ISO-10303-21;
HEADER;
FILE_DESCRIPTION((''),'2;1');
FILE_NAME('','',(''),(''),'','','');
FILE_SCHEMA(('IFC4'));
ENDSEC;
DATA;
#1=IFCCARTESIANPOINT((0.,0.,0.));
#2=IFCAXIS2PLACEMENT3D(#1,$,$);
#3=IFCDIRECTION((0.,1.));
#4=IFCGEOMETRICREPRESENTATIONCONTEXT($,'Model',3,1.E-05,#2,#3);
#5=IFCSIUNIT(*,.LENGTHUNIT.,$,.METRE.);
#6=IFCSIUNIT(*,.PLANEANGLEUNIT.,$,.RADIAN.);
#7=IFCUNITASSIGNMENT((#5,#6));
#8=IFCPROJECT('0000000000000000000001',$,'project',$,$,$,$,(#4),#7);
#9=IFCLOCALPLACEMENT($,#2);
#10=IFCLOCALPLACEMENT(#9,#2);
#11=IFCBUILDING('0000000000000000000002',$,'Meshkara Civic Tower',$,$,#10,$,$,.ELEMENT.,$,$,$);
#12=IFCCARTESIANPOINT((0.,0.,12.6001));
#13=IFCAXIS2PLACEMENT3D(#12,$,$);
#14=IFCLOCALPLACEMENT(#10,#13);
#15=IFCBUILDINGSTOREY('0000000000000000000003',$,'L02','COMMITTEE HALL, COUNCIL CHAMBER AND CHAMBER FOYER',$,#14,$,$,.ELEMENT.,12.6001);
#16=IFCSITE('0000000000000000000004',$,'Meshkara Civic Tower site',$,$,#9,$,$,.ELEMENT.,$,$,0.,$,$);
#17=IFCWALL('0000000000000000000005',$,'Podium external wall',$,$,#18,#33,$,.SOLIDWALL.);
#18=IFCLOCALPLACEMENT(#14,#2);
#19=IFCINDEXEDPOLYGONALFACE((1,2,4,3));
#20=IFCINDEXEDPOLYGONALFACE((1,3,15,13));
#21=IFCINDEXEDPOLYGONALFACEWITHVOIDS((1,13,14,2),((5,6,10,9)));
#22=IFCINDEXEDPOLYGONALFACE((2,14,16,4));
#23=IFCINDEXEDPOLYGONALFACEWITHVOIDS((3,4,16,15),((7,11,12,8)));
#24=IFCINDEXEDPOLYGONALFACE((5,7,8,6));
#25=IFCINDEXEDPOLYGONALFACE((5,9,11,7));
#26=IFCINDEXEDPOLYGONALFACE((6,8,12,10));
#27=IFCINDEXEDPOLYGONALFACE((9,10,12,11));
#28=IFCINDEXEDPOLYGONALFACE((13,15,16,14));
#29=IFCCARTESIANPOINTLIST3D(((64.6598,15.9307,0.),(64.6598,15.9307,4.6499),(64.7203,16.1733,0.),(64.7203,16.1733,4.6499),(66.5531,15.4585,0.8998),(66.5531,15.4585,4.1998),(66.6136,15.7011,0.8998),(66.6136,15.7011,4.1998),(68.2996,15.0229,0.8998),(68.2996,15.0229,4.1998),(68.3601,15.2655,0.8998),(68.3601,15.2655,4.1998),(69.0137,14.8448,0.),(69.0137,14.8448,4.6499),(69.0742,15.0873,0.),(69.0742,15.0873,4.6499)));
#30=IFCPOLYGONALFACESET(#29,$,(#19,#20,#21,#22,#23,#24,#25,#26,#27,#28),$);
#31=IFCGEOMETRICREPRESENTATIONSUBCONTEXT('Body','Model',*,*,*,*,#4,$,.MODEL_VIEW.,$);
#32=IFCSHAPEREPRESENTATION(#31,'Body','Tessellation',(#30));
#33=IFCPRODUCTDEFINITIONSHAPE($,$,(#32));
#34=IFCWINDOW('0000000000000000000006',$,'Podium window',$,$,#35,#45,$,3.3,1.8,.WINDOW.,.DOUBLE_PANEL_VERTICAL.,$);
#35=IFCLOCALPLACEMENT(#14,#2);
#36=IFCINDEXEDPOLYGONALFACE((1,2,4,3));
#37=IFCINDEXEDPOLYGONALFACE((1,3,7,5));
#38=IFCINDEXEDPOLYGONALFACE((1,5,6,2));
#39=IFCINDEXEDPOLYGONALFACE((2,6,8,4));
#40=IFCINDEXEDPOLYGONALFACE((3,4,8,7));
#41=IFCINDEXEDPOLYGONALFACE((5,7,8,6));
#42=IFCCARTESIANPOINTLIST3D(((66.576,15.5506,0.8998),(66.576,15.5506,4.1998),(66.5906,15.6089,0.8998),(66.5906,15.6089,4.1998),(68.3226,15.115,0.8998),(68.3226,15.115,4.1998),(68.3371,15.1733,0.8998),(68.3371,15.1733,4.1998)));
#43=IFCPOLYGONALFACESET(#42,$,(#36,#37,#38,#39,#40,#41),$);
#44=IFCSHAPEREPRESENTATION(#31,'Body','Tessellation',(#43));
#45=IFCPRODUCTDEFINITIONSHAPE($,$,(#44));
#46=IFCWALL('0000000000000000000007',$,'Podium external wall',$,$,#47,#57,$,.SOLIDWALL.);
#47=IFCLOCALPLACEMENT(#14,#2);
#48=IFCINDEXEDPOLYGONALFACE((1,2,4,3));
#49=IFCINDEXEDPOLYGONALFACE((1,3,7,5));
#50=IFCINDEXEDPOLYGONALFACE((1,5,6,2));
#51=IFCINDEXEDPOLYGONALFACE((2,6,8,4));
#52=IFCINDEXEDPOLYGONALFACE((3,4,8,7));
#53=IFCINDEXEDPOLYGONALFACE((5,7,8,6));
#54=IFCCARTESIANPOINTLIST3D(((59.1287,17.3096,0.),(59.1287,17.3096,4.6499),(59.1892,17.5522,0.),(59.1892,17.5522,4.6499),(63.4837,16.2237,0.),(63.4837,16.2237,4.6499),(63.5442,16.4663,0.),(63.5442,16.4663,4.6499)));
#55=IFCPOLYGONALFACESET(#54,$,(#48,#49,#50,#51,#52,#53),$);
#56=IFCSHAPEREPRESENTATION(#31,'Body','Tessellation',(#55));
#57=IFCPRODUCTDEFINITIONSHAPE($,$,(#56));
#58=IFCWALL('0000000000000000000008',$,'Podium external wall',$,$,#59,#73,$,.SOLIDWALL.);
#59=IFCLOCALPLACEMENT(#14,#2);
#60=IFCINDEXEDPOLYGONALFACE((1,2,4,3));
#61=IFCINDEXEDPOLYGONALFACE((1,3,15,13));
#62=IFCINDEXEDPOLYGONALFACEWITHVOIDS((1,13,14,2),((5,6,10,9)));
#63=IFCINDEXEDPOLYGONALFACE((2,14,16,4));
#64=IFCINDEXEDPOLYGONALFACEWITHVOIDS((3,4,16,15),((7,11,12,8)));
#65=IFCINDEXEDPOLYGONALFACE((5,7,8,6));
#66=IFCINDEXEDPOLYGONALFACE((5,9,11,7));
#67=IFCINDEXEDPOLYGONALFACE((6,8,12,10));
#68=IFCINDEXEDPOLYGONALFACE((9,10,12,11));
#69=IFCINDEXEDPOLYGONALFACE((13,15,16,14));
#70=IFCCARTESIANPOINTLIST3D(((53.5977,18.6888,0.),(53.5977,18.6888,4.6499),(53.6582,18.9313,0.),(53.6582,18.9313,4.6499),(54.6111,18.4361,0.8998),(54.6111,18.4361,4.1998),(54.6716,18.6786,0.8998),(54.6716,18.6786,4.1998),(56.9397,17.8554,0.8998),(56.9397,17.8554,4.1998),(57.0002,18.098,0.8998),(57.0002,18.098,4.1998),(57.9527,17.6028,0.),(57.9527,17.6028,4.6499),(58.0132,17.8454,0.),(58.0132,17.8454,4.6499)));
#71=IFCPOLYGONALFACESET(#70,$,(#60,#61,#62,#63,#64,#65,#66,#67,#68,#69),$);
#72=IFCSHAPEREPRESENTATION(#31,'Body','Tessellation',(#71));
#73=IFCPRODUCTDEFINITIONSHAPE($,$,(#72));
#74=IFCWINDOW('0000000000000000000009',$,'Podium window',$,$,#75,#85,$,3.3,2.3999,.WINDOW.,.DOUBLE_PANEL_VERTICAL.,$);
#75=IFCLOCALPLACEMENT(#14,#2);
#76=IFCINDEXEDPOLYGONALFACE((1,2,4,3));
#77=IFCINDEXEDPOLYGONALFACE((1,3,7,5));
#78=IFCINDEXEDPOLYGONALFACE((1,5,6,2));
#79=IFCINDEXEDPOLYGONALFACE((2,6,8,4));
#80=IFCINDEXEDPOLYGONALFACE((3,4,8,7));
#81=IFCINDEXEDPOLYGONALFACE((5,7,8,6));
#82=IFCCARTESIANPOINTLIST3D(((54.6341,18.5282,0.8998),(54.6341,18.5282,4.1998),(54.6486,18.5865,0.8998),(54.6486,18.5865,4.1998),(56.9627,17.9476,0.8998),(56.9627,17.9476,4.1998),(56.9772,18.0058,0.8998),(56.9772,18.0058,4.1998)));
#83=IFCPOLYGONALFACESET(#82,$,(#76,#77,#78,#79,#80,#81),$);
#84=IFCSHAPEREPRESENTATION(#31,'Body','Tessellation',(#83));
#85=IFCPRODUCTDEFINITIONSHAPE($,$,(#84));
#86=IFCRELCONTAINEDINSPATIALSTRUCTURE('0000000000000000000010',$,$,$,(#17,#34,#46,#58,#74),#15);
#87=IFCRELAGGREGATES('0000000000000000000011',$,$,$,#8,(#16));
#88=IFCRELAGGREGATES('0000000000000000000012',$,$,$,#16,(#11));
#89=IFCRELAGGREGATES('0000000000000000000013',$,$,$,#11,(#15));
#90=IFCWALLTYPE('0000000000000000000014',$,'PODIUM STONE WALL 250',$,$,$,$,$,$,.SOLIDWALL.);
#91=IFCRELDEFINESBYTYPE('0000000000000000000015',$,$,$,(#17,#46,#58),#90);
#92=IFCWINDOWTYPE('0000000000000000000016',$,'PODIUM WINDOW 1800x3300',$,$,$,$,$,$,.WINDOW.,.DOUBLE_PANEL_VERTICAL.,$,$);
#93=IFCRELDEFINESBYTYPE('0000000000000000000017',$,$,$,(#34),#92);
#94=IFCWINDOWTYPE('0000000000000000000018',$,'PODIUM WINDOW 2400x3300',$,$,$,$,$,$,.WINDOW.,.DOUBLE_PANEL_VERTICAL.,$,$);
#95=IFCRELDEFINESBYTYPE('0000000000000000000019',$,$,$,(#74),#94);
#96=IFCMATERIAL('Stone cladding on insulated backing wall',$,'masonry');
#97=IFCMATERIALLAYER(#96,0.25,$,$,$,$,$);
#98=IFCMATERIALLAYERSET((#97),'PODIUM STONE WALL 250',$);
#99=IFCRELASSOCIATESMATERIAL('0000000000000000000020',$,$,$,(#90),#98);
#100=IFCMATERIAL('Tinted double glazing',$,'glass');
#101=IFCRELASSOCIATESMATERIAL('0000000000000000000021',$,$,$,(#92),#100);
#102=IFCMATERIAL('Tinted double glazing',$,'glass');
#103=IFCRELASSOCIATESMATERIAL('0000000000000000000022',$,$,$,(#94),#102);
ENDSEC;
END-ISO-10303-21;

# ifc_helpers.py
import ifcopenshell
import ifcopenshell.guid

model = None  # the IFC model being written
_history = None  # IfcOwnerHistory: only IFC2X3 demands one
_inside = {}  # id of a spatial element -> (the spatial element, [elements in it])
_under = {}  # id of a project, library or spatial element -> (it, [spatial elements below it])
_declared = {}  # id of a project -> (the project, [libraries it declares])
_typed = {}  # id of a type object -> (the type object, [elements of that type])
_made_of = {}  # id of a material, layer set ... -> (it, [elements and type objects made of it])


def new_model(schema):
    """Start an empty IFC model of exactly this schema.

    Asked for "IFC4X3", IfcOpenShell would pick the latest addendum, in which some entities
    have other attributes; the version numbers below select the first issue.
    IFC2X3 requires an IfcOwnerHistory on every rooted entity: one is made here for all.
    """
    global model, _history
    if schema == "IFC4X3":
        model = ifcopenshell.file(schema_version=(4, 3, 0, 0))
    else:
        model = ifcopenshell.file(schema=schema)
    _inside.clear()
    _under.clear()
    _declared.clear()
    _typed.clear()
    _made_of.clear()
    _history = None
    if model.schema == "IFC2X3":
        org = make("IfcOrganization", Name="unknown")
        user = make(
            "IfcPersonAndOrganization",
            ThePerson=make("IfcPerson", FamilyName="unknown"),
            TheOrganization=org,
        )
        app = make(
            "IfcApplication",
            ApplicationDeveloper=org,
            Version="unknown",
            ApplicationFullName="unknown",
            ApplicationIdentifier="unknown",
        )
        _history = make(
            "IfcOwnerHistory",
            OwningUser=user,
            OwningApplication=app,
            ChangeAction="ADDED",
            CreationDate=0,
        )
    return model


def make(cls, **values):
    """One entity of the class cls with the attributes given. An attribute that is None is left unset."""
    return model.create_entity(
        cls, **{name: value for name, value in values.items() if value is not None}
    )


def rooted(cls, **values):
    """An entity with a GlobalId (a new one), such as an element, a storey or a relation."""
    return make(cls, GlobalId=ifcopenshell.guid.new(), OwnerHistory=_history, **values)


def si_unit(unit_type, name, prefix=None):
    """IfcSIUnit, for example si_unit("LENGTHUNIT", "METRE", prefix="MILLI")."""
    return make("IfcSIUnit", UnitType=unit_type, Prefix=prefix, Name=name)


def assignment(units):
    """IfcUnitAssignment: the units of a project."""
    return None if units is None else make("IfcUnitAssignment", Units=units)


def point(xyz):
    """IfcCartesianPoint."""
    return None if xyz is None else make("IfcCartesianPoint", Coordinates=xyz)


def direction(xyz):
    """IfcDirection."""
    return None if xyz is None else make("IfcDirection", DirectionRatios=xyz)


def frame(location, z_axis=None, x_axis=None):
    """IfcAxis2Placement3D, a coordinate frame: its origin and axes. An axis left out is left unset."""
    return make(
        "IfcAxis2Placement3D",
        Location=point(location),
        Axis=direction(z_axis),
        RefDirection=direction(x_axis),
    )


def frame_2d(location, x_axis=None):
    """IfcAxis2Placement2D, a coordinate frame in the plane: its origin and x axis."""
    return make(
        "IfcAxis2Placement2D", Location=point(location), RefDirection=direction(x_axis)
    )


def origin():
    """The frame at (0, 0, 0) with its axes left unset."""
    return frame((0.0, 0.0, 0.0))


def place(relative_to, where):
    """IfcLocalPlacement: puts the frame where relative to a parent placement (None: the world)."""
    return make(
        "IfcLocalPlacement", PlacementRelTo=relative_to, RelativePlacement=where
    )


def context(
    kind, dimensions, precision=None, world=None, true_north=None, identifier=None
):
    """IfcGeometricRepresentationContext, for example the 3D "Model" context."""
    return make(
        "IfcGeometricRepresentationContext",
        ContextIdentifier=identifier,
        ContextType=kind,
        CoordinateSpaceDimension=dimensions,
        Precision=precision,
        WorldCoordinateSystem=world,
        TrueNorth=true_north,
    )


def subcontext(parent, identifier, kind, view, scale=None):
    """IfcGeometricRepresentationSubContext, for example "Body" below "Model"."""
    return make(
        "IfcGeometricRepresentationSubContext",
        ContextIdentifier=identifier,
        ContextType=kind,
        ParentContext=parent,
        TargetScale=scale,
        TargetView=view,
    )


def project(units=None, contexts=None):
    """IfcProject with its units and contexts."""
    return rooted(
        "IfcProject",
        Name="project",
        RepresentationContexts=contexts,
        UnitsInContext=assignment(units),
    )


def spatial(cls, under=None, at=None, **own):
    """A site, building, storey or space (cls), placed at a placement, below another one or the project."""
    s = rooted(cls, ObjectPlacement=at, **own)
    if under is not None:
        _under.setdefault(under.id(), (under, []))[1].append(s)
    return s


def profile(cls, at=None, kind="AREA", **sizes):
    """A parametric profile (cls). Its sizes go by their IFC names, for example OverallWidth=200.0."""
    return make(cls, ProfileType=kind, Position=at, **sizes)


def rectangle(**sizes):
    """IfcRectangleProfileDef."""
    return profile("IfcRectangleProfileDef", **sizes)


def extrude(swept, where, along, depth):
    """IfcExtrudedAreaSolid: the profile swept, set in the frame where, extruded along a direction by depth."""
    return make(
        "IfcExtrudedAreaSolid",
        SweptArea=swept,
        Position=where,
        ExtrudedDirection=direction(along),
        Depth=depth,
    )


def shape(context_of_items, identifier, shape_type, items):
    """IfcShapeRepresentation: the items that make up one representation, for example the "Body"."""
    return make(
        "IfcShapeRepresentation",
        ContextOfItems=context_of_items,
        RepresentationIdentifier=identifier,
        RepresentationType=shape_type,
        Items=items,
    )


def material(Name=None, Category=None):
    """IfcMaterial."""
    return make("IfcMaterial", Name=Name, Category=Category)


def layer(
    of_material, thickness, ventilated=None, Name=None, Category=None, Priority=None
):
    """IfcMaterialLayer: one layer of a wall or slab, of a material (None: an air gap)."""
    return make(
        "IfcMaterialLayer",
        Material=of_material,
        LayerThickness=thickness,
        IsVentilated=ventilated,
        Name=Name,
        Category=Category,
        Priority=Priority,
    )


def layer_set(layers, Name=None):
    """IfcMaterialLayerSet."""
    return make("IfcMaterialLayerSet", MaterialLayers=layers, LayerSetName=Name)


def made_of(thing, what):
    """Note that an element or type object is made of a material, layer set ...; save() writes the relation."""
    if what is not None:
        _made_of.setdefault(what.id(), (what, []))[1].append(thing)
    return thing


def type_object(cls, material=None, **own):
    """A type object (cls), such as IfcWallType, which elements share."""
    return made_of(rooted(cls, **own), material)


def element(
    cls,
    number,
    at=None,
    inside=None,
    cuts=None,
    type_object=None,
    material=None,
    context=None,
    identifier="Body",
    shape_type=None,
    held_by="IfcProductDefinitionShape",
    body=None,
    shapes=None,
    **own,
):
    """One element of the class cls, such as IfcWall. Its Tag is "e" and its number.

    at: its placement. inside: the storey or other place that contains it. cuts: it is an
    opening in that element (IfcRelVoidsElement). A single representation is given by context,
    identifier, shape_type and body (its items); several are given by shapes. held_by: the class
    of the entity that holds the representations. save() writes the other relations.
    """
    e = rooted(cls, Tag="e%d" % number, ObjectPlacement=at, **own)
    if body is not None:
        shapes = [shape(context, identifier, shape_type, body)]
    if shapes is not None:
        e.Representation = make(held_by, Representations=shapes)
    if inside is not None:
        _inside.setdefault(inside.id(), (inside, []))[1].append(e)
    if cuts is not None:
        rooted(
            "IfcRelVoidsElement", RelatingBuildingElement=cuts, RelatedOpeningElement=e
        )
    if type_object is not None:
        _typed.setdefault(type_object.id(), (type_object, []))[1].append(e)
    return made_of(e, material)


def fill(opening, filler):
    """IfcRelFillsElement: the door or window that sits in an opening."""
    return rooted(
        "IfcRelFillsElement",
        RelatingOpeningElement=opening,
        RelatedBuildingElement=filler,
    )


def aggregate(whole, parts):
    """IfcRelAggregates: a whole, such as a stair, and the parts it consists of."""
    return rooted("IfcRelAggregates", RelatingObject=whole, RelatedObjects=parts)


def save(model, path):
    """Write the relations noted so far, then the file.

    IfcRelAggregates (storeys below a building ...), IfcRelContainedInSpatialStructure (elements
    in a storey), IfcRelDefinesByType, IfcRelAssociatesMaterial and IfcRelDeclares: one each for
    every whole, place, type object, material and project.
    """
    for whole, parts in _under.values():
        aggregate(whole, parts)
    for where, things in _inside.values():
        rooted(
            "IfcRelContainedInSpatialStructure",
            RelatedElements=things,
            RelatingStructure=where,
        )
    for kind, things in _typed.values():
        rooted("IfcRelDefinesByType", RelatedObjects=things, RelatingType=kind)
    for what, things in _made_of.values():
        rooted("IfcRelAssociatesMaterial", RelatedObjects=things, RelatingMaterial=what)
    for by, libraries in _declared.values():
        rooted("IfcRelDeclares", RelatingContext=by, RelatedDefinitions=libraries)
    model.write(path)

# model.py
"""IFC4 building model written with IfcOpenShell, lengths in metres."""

from ifc_helpers import new_model, si_unit, direction, frame, frame_2d, origin, place, context, subcontext, project, spatial, rectangle, extrude, material, layer, layer_set, type_object, element, fill, save


model = new_model("IFC4")

# Units and contexts
model_context = context("Model", 3, precision=1e-05, world=origin(), true_north=direction((0.0, 1.0)))
body_context = subcontext(model_context, "Body", "Model", "MODEL_VIEW")
ifc_project = project(units=[si_unit("LENGTHUNIT", "METRE"), si_unit("PLANEANGLEUNIT", "RADIAN")], contexts=[model_context])

# Site, building, storey
site_placement = place(None, origin())
site = spatial("IfcSite", under=ifc_project, at=site_placement, Name="Meshkara Civic Tower site", CompositionType="ELEMENT", RefElevation=0.0)
building_placement = place(site_placement, origin())
building = spatial("IfcBuilding", under=site, at=building_placement, Name="Meshkara Civic Tower", CompositionType="ELEMENT")
storey_placement = place(building_placement, frame((0.0, 0.0, 12.6001)))
storey = spatial("IfcBuildingStorey", under=building, at=storey_placement, Name="L02", Description="COMMITTEE HALL, COUNCIL CHAMBER AND CHAMBER FOYER", CompositionType="ELEMENT", Elevation=12.6001)

# Shared definitions
ifc_material_1 = material(Name="Stone cladding on insulated backing wall", Category="masonry")
ifc_layer_1 = layer(ifc_material_1, 0.25)
ifc_layer_set_1 = layer_set([ifc_layer_1], Name="PODIUM STONE WALL 250")
wall_type_1 = type_object("IfcWallType", Name="PODIUM STONE WALL 250", PredefinedType="SOLIDWALL", material=ifc_layer_set_1)

# Wall, opening, window
wall_1_placement = place(storey_placement, frame((69.0439, 14.9661, 0.0), z_axis=(0.0, 0.0, 1.0), x_axis=(-0.970277, 0.241998, 0.0)))
wall_1 = element("IfcWall", 1, at=wall_1_placement, inside=storey, type_object=wall_type_1, Name="Podium external wall", PredefinedType="SOLIDWALL", context=body_context, shape_type="SweptSolid", body=[
    extrude(rectangle(XDim=4.4873, YDim=0.25, at=frame_2d((2.2437, 0.0))), origin(), (0.0, 0.0, 1.0), 4.6499),
])
opening_1_placement = place(wall_1_placement, frame((0.7361, 0.0, 0.8999)))
opening_1 = element("IfcOpeningElement", 2, at=opening_1_placement, cuts=wall_1, PredefinedType="OPENING", context=body_context, shape_type="SweptSolid", body=[
    extrude(rectangle(XDim=1.8, YDim=3.3, at=frame_2d((0.8999, 1.6499))), frame((0.0, 0.135, 0.0), z_axis=(0.0, -1.0, 0.0), x_axis=(1.0, 0.0, 0.0)), (0.0, 0.0, 1.0), 0.27),
])
ifc_material_2 = material(Name="Tinted double glazing", Category="glass")
window_type_1 = type_object("IfcWindowType", Name="PODIUM WINDOW 1800x3300", PartitioningType="DOUBLE_PANEL_VERTICAL", PredefinedType="WINDOW", material=ifc_material_2)
window_1_placement = place(opening_1_placement, origin())
window_1 = element("IfcWindow", 3, at=window_1_placement, inside=storey, type_object=window_type_1, Name="Podium window", OverallHeight=3.3, OverallWidth=1.8, PartitioningType="DOUBLE_PANEL_VERTICAL", PredefinedType="WINDOW", context=body_context, shape_type="SweptSolid", body=[
    extrude(rectangle(XDim=1.8, YDim=3.3, at=frame_2d((0.8999, 1.6499))), frame((0.0, 0.03, 0.0), z_axis=(0.0, -1.0, 0.0), x_axis=(1.0, 0.0, 0.0)), (0.0, 0.0, 1.0), 0.0601),
])
fill(opening_1, window_1)

# Wall
wall_2_placement = place(storey_placement, frame((63.5139, 16.345, 0.0), z_axis=(0.0, 0.0, 1.0), x_axis=(-0.97029, 0.241947, 0.0)))
element("IfcWall", 4, at=wall_2_placement, inside=storey, type_object=wall_type_1, Name="Podium external wall", PredefinedType="SOLIDWALL", context=body_context, shape_type="SweptSolid", body=[
    extrude(rectangle(XDim=4.4883, YDim=0.25, at=frame_2d((2.2441, 0.0))), origin(), (0.0, 0.0, 1.0), 4.6499),
])

# Wall, opening, window
wall_3_placement = place(storey_placement, frame((57.9829, 17.7241, 0.0), z_axis=(0.0, 0.0, 1.0), x_axis=(-0.97029, 0.241947, 0.0)))
wall_3 = element("IfcWall", 5, at=wall_3_placement, inside=storey, type_object=wall_type_1, Name="Podium external wall", PredefinedType="SOLIDWALL", context=body_context, shape_type="SweptSolid", body=[
    extrude(rectangle(XDim=4.4883, YDim=0.25, at=frame_2d((2.2441, 0.0))), origin(), (0.0, 0.0, 1.0), 4.6499),
])
opening_2_placement = place(wall_3_placement, frame((1.0439, 0.0, 0.8999)))
opening_2 = element("IfcOpeningElement", 6, at=opening_2_placement, cuts=wall_3, PredefinedType="OPENING", context=body_context, shape_type="SweptSolid", body=[
    extrude(rectangle(XDim=2.3999, YDim=3.3, at=frame_2d((1.2, 1.6499))), frame((0.0, 0.135, 0.0), z_axis=(0.0, -1.0, 0.0), x_axis=(1.0, 0.0, 0.0)), (0.0, 0.0, 1.0), 0.27),
])
ifc_material_3 = material(Name="Tinted double glazing", Category="glass")
window_type_2 = type_object("IfcWindowType", Name="PODIUM WINDOW 2400x3300", PartitioningType="DOUBLE_PANEL_VERTICAL", PredefinedType="WINDOW", material=ifc_material_3)
window_2_placement = place(opening_2_placement, origin())
window_2 = element("IfcWindow", 7, at=window_2_placement, inside=storey, type_object=window_type_2, Name="Podium window", OverallHeight=3.3, OverallWidth=2.3999, PartitioningType="DOUBLE_PANEL_VERTICAL", PredefinedType="WINDOW", context=body_context, shape_type="SweptSolid", body=[
    extrude(rectangle(XDim=2.3999, YDim=3.3, at=frame_2d((1.2, 1.6499))), frame((0.0, 0.03, 0.0), z_axis=(0.0, -1.0, 0.0), x_axis=(1.0, 0.0, 0.0)), (0.0, 0.0, 1.0), 0.0601),
])
fill(opening_2, window_2)

save(model, "model.ifc")
